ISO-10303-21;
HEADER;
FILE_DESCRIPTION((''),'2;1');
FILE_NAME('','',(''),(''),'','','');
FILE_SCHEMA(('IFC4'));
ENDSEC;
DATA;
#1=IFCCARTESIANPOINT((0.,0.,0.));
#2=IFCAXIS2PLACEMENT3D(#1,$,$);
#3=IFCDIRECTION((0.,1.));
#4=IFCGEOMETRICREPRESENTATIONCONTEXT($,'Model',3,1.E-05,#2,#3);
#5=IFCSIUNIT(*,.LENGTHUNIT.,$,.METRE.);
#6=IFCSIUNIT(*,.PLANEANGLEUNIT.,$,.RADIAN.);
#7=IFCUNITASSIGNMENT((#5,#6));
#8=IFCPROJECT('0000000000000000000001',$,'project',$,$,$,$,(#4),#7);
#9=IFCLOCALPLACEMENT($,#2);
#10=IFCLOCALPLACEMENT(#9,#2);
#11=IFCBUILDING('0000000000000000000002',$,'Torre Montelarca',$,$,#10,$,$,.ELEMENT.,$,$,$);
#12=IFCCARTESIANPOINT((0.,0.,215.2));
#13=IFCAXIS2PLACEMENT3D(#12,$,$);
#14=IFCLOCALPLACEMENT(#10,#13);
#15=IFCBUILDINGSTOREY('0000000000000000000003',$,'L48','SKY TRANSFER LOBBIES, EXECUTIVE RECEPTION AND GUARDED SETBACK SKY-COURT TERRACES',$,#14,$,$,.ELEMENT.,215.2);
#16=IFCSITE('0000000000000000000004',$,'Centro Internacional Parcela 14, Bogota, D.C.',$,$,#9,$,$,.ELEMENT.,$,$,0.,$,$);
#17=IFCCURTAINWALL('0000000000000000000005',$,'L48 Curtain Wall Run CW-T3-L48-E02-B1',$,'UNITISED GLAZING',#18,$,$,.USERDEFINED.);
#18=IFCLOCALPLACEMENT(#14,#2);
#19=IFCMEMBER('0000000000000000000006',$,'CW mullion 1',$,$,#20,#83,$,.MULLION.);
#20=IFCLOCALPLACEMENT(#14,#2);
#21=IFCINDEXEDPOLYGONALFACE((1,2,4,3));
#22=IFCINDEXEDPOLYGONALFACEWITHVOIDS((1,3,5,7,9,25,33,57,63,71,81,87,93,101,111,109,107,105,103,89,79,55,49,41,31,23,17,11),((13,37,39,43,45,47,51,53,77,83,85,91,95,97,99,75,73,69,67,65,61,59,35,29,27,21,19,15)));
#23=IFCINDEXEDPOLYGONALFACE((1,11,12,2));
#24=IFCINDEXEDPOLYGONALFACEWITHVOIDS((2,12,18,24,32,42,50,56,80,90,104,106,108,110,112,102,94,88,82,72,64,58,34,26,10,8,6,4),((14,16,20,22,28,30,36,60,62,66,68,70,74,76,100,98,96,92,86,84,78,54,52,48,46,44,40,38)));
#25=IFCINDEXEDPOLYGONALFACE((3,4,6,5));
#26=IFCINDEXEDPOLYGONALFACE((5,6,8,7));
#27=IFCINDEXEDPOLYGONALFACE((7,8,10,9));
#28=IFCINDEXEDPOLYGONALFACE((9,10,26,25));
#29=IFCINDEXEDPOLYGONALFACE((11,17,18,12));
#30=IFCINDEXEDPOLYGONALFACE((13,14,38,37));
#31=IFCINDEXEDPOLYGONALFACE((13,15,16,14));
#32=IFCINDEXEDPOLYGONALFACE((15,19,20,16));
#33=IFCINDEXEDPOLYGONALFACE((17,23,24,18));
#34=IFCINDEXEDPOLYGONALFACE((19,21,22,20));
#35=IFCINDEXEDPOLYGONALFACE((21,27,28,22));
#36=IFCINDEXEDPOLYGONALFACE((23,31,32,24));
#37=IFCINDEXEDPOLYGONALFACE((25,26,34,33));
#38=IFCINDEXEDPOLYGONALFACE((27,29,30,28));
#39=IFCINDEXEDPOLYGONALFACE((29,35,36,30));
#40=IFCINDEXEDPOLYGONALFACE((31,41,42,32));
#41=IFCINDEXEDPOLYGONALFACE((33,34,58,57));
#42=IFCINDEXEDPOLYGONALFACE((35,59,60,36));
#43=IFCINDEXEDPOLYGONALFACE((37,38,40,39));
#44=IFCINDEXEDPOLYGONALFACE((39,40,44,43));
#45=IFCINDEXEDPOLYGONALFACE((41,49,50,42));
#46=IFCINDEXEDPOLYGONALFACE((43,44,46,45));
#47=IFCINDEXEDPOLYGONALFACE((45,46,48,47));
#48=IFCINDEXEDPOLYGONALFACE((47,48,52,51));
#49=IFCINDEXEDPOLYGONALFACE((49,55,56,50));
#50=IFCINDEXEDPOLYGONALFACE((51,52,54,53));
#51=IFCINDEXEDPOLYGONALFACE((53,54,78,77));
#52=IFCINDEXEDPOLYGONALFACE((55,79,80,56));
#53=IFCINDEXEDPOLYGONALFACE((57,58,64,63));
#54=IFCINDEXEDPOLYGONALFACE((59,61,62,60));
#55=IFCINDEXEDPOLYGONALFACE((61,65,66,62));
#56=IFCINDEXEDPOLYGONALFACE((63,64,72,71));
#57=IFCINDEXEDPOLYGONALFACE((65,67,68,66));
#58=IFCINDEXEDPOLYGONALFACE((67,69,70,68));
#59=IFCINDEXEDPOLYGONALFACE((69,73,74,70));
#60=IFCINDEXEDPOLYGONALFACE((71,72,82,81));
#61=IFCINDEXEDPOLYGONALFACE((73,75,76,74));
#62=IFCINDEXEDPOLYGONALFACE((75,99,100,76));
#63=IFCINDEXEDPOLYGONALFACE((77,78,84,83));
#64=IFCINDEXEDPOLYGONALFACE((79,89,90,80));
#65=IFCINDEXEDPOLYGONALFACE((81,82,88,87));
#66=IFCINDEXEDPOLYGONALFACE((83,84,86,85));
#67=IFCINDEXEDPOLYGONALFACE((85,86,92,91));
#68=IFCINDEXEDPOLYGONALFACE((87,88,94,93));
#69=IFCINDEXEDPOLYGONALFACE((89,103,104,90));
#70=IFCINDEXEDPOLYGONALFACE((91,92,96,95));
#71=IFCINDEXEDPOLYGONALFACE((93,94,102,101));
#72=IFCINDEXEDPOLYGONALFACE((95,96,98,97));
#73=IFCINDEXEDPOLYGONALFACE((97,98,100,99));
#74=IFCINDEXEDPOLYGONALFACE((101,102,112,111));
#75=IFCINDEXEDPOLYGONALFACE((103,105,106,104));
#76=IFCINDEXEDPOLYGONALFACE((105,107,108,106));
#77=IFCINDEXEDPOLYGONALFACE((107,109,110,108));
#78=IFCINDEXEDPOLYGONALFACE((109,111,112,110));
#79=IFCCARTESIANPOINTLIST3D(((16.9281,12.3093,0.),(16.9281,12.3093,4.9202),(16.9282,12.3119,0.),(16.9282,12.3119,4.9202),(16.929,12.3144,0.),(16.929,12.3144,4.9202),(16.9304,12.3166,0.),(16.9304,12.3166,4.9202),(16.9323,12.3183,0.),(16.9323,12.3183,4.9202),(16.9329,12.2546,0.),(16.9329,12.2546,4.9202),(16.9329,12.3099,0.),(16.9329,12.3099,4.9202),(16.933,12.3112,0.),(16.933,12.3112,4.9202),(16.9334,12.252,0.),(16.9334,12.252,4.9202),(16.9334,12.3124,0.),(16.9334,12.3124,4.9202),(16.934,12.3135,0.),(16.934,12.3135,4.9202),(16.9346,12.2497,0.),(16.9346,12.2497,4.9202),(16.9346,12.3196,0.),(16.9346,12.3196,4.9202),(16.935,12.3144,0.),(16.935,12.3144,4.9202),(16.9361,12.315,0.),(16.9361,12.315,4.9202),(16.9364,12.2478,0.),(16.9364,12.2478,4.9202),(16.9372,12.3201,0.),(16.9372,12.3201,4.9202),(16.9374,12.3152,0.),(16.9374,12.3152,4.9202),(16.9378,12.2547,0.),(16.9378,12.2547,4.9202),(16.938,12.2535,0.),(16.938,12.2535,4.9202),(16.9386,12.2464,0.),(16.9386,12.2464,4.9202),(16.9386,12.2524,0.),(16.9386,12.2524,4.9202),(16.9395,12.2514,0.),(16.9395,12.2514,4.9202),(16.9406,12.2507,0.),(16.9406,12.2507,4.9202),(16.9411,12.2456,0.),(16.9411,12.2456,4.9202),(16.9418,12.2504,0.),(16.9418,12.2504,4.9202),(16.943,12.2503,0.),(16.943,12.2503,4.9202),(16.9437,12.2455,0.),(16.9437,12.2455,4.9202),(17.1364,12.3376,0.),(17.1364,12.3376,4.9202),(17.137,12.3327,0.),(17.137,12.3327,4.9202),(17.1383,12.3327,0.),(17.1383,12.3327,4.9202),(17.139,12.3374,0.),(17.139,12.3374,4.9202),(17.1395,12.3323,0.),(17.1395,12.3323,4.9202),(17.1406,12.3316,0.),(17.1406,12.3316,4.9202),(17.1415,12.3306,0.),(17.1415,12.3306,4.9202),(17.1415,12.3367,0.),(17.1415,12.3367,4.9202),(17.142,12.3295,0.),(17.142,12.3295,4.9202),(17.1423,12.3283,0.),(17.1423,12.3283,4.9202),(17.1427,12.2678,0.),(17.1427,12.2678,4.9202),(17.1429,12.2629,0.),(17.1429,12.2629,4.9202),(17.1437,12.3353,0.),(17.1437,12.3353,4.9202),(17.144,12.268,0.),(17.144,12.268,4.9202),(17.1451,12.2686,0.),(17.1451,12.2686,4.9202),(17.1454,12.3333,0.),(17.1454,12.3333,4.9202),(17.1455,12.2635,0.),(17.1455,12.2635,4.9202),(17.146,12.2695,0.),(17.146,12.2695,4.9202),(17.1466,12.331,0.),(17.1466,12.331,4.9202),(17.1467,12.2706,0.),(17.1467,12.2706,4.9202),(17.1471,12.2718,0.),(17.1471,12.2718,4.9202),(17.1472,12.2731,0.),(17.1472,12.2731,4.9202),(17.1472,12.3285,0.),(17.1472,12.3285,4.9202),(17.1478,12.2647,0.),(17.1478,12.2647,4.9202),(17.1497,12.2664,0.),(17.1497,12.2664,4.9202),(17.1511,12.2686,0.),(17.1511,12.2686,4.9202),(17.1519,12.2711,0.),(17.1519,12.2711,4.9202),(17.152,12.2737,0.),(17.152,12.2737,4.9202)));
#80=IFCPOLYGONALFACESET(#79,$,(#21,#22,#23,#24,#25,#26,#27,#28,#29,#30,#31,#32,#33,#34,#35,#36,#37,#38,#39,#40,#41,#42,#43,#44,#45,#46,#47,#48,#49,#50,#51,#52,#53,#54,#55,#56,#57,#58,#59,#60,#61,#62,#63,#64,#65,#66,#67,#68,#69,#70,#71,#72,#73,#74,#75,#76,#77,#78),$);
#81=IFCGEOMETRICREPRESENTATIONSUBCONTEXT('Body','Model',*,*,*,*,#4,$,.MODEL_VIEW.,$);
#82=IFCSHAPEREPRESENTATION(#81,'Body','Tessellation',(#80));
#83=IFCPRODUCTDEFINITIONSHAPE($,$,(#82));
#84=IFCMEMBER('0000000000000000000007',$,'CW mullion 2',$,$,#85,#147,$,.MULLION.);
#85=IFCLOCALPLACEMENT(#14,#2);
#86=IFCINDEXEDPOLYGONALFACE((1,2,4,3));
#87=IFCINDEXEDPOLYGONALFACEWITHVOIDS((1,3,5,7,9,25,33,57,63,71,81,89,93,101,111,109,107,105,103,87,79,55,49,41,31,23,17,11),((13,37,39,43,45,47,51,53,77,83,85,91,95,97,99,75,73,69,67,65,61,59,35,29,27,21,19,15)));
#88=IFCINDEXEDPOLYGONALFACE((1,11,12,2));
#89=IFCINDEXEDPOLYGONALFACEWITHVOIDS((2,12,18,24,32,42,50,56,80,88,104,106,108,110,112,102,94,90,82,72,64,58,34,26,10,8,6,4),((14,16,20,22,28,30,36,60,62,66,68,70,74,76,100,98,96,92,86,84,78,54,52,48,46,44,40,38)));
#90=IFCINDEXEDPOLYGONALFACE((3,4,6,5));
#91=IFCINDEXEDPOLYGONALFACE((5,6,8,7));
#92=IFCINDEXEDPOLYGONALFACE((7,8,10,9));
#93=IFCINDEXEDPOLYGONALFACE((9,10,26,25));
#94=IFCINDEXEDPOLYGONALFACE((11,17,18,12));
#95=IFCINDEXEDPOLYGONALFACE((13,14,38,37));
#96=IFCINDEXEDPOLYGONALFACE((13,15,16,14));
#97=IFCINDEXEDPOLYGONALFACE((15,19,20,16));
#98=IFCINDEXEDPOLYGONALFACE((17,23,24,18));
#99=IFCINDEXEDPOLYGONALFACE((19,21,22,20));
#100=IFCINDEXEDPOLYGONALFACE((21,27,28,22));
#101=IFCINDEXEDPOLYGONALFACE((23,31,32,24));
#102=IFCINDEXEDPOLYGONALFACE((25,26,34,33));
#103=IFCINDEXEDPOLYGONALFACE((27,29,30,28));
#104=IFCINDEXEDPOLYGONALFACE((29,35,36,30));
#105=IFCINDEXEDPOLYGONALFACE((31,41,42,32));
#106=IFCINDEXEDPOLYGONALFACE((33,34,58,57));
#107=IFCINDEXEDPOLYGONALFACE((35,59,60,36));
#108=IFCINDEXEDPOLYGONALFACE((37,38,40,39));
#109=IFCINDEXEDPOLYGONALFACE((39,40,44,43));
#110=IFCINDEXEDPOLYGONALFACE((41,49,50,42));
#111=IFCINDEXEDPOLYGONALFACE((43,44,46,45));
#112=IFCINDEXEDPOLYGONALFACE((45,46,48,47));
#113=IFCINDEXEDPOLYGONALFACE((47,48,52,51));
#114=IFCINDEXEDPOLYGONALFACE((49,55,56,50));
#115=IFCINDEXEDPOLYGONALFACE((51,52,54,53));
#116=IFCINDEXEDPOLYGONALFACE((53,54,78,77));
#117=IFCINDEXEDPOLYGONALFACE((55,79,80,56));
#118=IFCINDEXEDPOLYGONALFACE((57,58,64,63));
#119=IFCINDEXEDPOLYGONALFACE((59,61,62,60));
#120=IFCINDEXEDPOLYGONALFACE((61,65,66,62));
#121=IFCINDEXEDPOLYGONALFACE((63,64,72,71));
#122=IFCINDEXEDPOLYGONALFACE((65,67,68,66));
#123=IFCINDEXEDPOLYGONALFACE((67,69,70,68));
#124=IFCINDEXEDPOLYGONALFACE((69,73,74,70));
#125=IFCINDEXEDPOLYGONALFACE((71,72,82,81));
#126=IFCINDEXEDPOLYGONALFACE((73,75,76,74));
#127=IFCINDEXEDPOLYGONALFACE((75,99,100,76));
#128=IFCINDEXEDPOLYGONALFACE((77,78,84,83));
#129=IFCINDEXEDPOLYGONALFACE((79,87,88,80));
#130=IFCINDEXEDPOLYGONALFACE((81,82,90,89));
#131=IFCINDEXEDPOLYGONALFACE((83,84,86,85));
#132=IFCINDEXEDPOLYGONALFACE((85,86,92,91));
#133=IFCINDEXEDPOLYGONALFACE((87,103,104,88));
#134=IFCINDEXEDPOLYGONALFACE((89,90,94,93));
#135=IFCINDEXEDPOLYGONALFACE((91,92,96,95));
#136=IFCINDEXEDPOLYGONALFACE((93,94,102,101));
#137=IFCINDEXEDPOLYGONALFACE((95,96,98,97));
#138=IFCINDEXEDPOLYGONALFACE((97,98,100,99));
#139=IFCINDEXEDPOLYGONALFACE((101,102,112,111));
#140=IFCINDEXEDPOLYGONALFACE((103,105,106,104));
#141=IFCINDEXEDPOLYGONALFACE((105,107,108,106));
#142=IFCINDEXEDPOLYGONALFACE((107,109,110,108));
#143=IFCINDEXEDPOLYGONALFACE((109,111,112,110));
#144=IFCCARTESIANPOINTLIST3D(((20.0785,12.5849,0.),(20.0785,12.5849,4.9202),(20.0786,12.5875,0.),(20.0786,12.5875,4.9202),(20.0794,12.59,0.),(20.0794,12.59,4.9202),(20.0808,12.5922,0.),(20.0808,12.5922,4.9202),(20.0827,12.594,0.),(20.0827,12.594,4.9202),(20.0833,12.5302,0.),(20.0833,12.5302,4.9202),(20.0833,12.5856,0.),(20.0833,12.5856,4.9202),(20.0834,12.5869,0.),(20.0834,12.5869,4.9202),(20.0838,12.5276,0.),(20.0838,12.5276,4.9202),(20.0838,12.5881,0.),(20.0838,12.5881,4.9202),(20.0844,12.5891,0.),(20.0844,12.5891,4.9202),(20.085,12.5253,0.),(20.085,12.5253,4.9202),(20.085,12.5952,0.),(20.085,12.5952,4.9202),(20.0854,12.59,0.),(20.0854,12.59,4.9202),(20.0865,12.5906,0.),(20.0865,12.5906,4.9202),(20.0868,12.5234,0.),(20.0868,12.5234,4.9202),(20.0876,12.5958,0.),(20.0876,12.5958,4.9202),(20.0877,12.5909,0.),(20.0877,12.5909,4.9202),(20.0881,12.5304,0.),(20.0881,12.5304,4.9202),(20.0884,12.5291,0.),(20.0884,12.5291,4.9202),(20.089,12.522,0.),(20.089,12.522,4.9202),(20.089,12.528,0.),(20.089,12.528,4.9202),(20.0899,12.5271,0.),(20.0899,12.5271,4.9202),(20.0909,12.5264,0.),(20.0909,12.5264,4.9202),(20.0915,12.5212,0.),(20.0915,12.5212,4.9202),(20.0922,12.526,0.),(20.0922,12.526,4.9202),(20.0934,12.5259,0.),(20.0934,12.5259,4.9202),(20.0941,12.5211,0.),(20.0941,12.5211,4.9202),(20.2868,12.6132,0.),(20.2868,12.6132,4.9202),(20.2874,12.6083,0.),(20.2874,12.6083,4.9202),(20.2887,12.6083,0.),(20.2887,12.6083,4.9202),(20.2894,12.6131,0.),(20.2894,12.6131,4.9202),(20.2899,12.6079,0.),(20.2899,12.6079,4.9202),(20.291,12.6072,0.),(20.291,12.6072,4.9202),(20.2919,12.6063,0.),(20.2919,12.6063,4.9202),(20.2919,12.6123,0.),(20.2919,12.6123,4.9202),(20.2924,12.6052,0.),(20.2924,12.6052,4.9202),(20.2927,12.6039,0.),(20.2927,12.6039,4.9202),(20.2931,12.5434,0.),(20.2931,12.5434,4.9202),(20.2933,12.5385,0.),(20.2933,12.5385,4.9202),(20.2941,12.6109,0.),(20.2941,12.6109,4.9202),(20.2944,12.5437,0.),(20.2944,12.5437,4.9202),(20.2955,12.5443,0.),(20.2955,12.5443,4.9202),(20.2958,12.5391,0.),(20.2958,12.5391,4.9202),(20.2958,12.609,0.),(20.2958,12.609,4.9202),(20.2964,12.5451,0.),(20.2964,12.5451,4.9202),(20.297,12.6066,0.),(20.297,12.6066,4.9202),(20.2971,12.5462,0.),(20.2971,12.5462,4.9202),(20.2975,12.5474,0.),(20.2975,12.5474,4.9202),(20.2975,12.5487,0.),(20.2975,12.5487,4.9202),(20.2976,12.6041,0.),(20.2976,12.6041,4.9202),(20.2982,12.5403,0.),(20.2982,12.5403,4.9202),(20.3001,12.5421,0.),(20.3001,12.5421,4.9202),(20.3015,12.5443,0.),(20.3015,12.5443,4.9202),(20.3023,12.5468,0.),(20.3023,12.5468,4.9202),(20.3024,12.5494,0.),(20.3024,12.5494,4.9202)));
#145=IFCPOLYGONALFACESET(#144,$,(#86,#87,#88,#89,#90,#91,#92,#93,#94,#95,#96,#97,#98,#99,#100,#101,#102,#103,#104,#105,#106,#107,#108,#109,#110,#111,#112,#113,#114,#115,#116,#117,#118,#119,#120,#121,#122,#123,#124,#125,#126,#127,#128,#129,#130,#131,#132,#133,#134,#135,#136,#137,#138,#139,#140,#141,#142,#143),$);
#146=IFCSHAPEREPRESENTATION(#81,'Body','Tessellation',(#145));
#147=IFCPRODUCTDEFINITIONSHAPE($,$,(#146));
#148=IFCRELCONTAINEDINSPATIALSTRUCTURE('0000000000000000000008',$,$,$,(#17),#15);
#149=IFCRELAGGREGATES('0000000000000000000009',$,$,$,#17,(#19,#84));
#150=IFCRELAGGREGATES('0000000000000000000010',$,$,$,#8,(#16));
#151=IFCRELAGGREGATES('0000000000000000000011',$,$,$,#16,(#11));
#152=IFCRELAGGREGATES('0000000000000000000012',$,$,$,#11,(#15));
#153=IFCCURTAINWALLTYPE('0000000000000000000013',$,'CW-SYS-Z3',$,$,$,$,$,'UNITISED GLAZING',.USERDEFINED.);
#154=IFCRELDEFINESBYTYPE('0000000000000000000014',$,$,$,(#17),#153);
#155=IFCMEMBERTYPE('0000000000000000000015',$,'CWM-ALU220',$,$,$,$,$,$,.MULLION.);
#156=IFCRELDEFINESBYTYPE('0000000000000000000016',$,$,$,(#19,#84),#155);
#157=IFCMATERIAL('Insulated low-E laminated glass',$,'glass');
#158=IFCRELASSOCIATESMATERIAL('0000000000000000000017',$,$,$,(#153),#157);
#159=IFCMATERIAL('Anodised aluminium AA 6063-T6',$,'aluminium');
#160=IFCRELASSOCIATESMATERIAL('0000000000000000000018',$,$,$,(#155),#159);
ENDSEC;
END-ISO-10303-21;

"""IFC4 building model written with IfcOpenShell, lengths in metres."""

from ifc_helpers import new_model, si_unit, direction, frame, origin, origin_2d, place, context, subcontext, project, spatial, hollow_rectangle, extrude, source, transform, mapped, material, material_profile, profile_set, type_object, element, aggregate, save


model = new_model("IFC4")

# Units and contexts
model_context = context("Model", 3, precision=1e-05, world=origin(), true_north=direction((0.0, 1.0)))
body_context = subcontext(model_context, "Body", "Model", "MODEL_VIEW")
ifc_project = project(units=[si_unit("LENGTHUNIT", "METRE"), si_unit("PLANEANGLEUNIT", "RADIAN")], contexts=[model_context])

# Site, building, storey
site_placement = place(None, origin())
site = spatial("IfcSite", under=ifc_project, at=site_placement, Name="Centro Internacional Parcela 14, Bogota, D.C.", CompositionType="ELEMENT", RefElevation=0.0)
building_placement = place(site_placement, origin())
building = spatial("IfcBuilding", under=site, at=building_placement, Name="Torre Montelarca", CompositionType="ELEMENT")
storey_placement = place(building_placement, frame((0.0, 0.0, 215.2)))
storey = spatial("IfcBuildingStorey", under=building, at=storey_placement, Name="L48", Description="SKY TRANSFER LOBBIES, EXECUTIVE RECEPTION AND GUARDED SETBACK SKY-COURT TERRACES", CompositionType="ELEMENT", Elevation=215.2)

# Curtain wall, members
ifc_material_1 = material(Name="Insulated low-E laminated glass", Category="glass")
curtain_wall_type = type_object("IfcCurtainWallType", Name="CW-SYS-Z3", ElementType="UNITISED GLAZING", PredefinedType="USERDEFINED", material=ifc_material_1)
ifc_material_2 = material(Name="Anodised aluminium AA 6063-T6", Category="aluminium")
ifc_material_profile_1 = material_profile(ifc_material_2, hollow_rectangle(XDim=0.075, YDim=0.22, WallThickness=0.0049, InnerFilletRadius=0.0049, OuterFilletRadius=0.01, at=origin_2d()), Name="ALU75X220X5", Category="aluminium")
ifc_profile_set_1 = profile_set([ifc_material_profile_1], Name="Anodised aluminium AA 6063-T6")
member_type_1 = type_object("IfcMemberType", Name="CWM-ALU220", PredefinedType="MULLION", material=ifc_profile_set_1)
shared_shape_1 = source(origin(), body_context, "Body", "SweptSolid", [
    extrude(hollow_rectangle(XDim=0.075, YDim=0.22, WallThickness=0.0049, InnerFilletRadius=0.0049, OuterFilletRadius=0.01, at=origin_2d()), origin(), (0.0, 0.0, 1.0), 4.9202),
])
curtain_wall_1_placement = place(storey_placement, origin())
curtain_wall_1 = element("IfcCurtainWall", 1, at=curtain_wall_1_placement, inside=storey, type_object=curtain_wall_type, Name="L48 Curtain Wall Run CW-T3-L48-E02-B1", ObjectType="UNITISED GLAZING", PredefinedType="USERDEFINED")
member_1_placement = place(storey_placement, frame((17.04, 12.2915, 0.0), z_axis=(0.0, 0.0, 1.0), x_axis=(-0.087189, 0.996192, 0.0)))
member_1 = element("IfcMember", 2, at=member_1_placement, type_object=member_type_1, Name="CW mullion 1", PredefinedType="MULLION", context=body_context, shape_type="MappedRepresentation", body=[
    mapped(shared_shape_1, transform((0.0, 0.0, 0.0), scale=1.0)),
])
member_2_placement = place(storey_placement, frame((20.1904, 12.5671, 0.0), z_axis=(0.0, 0.0, 1.0), x_axis=(-0.087189, 0.996192, 0.0)))
member_2 = element("IfcMember", 3, at=member_2_placement, type_object=member_type_1, Name="CW mullion 2", PredefinedType="MULLION", context=body_context, shape_type="MappedRepresentation", body=[
    mapped(shared_shape_1, transform((0.0, 0.0, 0.0), scale=1.0)),
])

aggregate(curtain_wall_1, [member_1, member_2])

save(model, "model.ifc")
